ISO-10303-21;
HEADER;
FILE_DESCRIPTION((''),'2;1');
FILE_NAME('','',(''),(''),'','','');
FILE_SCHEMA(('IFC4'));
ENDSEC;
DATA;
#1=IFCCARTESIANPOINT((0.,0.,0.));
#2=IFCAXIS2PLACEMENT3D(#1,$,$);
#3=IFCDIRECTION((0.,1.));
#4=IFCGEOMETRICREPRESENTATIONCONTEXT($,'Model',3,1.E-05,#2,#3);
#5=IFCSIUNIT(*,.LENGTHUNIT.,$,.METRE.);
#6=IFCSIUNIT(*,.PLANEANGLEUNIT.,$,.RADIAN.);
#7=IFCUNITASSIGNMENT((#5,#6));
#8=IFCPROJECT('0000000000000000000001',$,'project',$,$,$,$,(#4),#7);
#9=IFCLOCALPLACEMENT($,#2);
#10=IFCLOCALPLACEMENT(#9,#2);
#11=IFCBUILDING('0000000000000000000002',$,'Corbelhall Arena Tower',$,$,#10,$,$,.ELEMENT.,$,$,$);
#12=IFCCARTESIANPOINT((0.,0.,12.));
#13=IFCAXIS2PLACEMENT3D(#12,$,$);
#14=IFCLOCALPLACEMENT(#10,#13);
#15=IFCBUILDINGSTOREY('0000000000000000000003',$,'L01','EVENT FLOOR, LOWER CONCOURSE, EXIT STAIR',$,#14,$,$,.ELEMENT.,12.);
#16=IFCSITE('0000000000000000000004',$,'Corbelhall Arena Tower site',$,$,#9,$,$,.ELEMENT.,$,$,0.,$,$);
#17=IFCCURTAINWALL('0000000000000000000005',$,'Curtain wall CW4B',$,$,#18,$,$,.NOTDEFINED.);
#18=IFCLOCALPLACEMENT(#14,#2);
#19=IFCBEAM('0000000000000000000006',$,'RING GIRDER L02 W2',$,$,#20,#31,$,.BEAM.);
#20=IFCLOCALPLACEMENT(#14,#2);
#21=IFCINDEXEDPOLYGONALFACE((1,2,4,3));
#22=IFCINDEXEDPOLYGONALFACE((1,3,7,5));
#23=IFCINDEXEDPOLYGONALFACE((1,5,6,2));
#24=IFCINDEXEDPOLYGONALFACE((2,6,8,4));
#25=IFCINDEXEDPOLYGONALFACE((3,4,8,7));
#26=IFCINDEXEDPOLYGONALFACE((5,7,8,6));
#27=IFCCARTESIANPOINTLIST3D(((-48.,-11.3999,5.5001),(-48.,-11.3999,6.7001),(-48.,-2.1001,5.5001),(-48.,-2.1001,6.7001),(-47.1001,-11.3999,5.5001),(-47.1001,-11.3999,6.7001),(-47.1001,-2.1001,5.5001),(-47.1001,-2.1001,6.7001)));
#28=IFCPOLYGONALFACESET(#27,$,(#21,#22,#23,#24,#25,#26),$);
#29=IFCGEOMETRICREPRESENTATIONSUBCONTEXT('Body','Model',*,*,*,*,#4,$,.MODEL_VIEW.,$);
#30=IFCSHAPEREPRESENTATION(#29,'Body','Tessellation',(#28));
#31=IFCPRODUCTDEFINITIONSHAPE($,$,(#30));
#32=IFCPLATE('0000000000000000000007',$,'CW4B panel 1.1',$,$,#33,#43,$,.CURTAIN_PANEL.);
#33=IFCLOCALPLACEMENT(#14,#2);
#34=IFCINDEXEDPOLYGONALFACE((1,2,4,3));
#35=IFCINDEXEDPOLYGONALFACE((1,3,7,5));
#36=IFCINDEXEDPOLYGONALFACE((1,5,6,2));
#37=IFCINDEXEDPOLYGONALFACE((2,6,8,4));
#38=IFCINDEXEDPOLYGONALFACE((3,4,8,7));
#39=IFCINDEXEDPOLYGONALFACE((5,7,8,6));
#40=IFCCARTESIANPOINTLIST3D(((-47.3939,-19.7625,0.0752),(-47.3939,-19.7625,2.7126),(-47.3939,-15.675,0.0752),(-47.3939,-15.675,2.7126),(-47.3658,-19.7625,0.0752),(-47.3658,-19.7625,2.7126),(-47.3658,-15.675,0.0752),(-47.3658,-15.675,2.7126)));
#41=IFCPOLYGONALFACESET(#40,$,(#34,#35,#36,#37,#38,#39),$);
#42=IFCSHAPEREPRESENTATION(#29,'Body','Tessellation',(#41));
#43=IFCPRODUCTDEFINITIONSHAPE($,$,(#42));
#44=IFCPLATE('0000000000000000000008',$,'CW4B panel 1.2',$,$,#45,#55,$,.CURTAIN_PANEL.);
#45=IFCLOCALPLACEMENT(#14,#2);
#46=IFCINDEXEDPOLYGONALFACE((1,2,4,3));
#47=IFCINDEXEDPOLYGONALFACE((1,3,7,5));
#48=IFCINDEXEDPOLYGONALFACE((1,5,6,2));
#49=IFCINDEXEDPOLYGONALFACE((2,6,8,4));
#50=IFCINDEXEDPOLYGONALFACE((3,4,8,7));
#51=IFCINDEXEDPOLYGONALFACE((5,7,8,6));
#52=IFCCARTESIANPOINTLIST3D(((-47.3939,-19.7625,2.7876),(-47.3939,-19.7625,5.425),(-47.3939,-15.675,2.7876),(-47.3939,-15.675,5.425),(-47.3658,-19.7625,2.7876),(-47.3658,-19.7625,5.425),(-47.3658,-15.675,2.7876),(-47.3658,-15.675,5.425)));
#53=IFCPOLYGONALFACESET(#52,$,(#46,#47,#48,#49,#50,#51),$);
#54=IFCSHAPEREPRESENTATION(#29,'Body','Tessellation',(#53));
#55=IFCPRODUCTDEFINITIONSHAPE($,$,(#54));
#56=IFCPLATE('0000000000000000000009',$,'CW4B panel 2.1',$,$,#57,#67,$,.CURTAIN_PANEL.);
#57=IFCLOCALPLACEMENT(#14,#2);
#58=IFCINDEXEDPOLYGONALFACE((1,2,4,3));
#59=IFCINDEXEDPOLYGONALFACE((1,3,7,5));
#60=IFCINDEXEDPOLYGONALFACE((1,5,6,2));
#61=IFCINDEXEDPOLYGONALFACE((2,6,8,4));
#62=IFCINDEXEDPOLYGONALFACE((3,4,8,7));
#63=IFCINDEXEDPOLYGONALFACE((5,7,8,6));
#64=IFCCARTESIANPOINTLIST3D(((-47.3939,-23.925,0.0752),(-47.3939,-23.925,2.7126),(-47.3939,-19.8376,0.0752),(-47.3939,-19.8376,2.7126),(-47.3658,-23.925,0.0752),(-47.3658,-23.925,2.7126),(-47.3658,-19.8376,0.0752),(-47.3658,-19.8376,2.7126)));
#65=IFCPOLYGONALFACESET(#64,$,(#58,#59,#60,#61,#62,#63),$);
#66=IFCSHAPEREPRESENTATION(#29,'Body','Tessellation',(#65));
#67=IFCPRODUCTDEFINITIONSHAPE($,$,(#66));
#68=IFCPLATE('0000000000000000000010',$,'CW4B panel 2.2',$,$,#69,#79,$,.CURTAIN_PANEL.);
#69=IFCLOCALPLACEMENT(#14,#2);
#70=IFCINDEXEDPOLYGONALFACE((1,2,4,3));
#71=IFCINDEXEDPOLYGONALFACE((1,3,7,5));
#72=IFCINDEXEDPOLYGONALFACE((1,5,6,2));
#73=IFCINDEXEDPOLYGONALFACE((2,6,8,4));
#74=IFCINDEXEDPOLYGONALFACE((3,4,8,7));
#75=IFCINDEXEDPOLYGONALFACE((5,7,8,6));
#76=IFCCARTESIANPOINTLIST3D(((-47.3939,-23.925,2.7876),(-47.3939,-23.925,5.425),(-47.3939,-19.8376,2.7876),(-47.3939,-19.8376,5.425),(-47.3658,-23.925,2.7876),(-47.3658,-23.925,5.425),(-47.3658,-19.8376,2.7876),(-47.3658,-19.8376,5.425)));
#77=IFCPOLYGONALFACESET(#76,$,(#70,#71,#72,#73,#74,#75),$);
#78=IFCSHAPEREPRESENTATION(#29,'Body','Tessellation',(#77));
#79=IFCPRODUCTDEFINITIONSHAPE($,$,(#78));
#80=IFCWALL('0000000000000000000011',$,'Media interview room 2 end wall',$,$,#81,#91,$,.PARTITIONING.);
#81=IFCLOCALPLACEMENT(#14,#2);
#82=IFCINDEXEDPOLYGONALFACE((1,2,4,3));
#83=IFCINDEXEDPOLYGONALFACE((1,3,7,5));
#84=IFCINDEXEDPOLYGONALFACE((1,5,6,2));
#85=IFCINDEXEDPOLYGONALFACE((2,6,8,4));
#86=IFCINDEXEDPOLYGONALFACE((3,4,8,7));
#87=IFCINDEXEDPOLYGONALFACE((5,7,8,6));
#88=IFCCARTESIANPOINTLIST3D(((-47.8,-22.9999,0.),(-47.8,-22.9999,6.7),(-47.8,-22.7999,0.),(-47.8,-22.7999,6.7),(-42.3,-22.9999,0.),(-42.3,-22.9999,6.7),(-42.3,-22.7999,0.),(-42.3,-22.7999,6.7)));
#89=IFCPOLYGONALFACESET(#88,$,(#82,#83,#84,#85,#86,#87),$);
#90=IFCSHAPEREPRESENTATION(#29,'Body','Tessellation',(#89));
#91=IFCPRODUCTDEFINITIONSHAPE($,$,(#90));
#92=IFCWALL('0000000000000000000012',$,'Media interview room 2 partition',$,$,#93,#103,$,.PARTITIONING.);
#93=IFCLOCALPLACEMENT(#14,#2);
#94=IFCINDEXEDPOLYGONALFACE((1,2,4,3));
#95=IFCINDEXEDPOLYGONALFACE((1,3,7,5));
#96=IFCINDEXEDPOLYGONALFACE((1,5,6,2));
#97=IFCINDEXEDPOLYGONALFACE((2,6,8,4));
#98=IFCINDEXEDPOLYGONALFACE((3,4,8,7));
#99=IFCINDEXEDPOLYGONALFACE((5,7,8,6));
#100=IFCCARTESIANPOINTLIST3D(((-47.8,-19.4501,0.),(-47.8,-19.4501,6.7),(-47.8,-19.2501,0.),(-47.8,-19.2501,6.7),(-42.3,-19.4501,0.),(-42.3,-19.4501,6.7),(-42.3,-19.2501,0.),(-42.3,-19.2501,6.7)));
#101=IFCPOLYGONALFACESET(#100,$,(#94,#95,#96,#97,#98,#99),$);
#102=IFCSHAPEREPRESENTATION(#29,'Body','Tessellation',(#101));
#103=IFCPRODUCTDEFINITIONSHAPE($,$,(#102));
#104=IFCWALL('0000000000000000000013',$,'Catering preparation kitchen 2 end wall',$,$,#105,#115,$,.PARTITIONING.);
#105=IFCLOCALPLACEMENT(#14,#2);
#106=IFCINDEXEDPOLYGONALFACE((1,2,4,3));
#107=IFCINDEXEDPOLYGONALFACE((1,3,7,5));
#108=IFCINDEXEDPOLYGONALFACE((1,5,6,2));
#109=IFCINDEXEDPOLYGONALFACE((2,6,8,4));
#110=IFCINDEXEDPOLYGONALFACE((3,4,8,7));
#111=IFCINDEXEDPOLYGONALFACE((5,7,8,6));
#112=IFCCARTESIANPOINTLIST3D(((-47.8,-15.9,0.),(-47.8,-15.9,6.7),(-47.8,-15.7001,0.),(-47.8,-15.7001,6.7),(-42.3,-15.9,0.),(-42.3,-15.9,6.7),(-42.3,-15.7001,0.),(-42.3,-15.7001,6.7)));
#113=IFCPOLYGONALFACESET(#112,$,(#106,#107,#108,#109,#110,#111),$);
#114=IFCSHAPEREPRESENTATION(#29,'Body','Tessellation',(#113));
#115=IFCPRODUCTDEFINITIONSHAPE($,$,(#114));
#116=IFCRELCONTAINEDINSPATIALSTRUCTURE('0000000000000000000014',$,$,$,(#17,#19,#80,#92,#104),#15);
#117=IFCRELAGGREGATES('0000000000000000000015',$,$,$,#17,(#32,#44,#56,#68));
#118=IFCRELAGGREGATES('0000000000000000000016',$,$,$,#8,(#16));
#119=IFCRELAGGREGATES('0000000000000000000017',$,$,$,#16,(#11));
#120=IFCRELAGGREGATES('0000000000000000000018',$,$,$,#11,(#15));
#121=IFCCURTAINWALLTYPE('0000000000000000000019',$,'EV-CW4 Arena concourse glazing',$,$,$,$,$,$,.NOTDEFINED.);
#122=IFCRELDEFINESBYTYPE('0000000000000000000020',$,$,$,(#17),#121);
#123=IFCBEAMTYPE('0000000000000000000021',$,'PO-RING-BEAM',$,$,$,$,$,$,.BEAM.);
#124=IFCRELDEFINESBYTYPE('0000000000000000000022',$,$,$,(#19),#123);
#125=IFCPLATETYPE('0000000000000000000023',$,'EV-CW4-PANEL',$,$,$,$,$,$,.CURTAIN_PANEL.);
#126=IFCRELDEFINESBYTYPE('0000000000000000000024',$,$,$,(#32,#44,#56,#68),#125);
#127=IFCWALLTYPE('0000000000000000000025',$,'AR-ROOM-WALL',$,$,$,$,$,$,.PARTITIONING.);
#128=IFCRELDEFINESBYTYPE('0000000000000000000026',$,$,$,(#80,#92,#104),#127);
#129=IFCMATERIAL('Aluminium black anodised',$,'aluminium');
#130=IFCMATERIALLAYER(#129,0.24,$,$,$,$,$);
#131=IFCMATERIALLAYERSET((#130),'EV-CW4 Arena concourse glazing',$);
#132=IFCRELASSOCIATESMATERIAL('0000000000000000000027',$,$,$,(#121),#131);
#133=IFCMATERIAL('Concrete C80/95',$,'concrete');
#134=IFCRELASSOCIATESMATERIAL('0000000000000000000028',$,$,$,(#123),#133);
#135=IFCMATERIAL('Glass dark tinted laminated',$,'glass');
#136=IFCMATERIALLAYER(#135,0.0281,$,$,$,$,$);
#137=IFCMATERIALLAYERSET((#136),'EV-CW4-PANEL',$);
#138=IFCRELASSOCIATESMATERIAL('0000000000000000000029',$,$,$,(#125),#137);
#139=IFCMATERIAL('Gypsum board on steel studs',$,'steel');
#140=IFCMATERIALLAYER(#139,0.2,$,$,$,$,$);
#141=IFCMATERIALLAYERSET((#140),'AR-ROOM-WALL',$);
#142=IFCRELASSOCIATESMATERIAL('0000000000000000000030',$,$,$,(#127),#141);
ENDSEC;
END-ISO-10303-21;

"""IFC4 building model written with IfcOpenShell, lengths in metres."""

from ifc_helpers import new_model, si_unit, direction, frame, frame_2d, origin, origin_2d, place, context, subcontext, project, spatial, rectangle, extrude, material, layer, layer_set, material_profile, profile_set, type_object, element, aggregate, save


model = new_model("IFC4")

# Units and contexts
model_context = context("Model", 3, precision=1e-05, world=origin(), true_north=direction((0.0, 1.0)))
body_context = subcontext(model_context, "Body", "Model", "MODEL_VIEW")
ifc_project = project(units=[si_unit("LENGTHUNIT", "METRE"), si_unit("PLANEANGLEUNIT", "RADIAN")], contexts=[model_context])

# Site, building, storey
site_placement = place(None, origin())
site = spatial("IfcSite", under=ifc_project, at=site_placement, Name="Corbelhall Arena Tower site", CompositionType="ELEMENT", RefElevation=0.0)
building_placement = place(site_placement, origin())
building = spatial("IfcBuilding", under=site, at=building_placement, Name="Corbelhall Arena Tower", CompositionType="ELEMENT")
storey_placement = place(building_placement, frame((0.0, 0.0, 12.0)))
storey = spatial("IfcBuildingStorey", under=building, at=storey_placement, Name="L01", Description="EVENT FLOOR, LOWER CONCOURSE, EXIT STAIR", CompositionType="ELEMENT", Elevation=12.0)

# Shared definitions
ifc_material_1 = material(Name="Concrete C80/95", Category="concrete")

# Shared definitions
ifc_material_2 = material(Name="Aluminium black anodised", Category="aluminium")
ifc_layer_1 = layer(ifc_material_2, 0.24)
ifc_layer_set_1 = layer_set([ifc_layer_1], Name="EV-CW4 Arena concourse glazing")
curtain_wall_type = type_object("IfcCurtainWallType", Name="EV-CW4 Arena concourse glazing", PredefinedType="NOTDEFINED", material=ifc_layer_set_1)

# Curtain wall
curtain_wall_1_placement = place(storey_placement, origin())
curtain_wall_1 = element("IfcCurtainWall", 1, at=curtain_wall_1_placement, inside=storey, type_object=curtain_wall_type, Name="Curtain wall CW4B", PredefinedType="NOTDEFINED")

# Beam
ifc_material_profile_1 = material_profile(ifc_material_1, rectangle(XDim=0.8999, YDim=1.2, at=origin_2d()))
ifc_profile_set_1 = profile_set([ifc_material_profile_1], Name="Concrete C80/95")
beam_type_1 = type_object("IfcBeamType", Name="PO-RING-BEAM", PredefinedType="BEAM", material=ifc_profile_set_1)
beam_1_placement = place(storey_placement, frame((-47.55, -11.3999, 6.1001), z_axis=(0.0, 1.0, 0.0), x_axis=(-1.0, 0.0, 0.0)))
element("IfcBeam", 2, at=beam_1_placement, inside=storey, type_object=beam_type_1, Name="RING GIRDER L02 W2", PredefinedType="BEAM", context=body_context, shape_type="SweptSolid", body=[
    extrude(rectangle(XDim=0.8999, YDim=1.2, at=origin_2d()), origin(), (0.0, 0.0, 1.0), 9.2998),
])

# Plates
ifc_material_3 = material(Name="Glass dark tinted laminated", Category="glass")
ifc_layer_2 = layer(ifc_material_3, 0.0281)
ifc_layer_set_2 = layer_set([ifc_layer_2], Name="EV-CW4-PANEL")
plate_type = type_object("IfcPlateType", Name="EV-CW4-PANEL", PredefinedType="CURTAIN_PANEL", material=ifc_layer_set_2)
plate_1_placement = place(storey_placement, frame((-47.3799, -17.7188, 0.0752), z_axis=(0.0, 0.0, 1.0), x_axis=(0.0, -1.0, 0.0)))
plate_1 = element("IfcPlate", 3, at=plate_1_placement, type_object=plate_type, Name="CW4B panel 1.1", PredefinedType="CURTAIN_PANEL", context=body_context, shape_type="SweptSolid", body=[
    extrude(rectangle(XDim=4.0874, YDim=0.0281, at=origin_2d()), origin(), (0.0, 0.0, 1.0), 2.6375),
])
plate_2_placement = place(storey_placement, frame((-47.3799, -17.7188, 2.7876), z_axis=(0.0, 0.0, 1.0), x_axis=(0.0, -1.0, 0.0)))
plate_2 = element("IfcPlate", 4, at=plate_2_placement, type_object=plate_type, Name="CW4B panel 1.2", PredefinedType="CURTAIN_PANEL", context=body_context, shape_type="SweptSolid", body=[
    extrude(rectangle(XDim=4.0874, YDim=0.0281, at=origin_2d()), origin(), (0.0, 0.0, 1.0), 2.6375),
])
plate_3_placement = place(storey_placement, frame((-47.3799, -21.8813, 0.0752), z_axis=(0.0, 0.0, 1.0), x_axis=(0.0, -1.0, 0.0)))
plate_3 = element("IfcPlate", 5, at=plate_3_placement, type_object=plate_type, Name="CW4B panel 2.1", PredefinedType="CURTAIN_PANEL", context=body_context, shape_type="SweptSolid", body=[
    extrude(rectangle(XDim=4.0874, YDim=0.0281, at=origin_2d()), origin(), (0.0, 0.0, 1.0), 2.6375),
])
plate_4_placement = place(storey_placement, frame((-47.3799, -21.8813, 2.7876), z_axis=(0.0, 0.0, 1.0), x_axis=(0.0, -1.0, 0.0)))
plate_4 = element("IfcPlate", 6, at=plate_4_placement, type_object=plate_type, Name="CW4B panel 2.2", PredefinedType="CURTAIN_PANEL", context=body_context, shape_type="SweptSolid", body=[
    extrude(rectangle(XDim=4.0874, YDim=0.0281, at=origin_2d()), origin(), (0.0, 0.0, 1.0), 2.6375),
])
aggregate(curtain_wall_1, [plate_1, plate_2, plate_3, plate_4])

# Walls
ifc_material_4 = material(Name="Gypsum board on steel studs", Category="steel")
ifc_layer_3 = layer(ifc_material_4, 0.2)
ifc_layer_set_3 = layer_set([ifc_layer_3], Name="AR-ROOM-WALL")
wall_type_1 = type_object("IfcWallType", Name="AR-ROOM-WALL", PredefinedType="PARTITIONING", material=ifc_layer_set_3)
for number, where, z_axis, x_axis, name in (
    (7, (-42.3, -22.8999, 0.0), (0.0, 0.0, 1.0), (-1.0, 0.0, 0.0), "Media interview room 2 end wall"),
    (8, (-47.8, -19.3501, 0.0), (0.0, 0.0, 1.0), (1.0, 0.0, 0.0), "Media interview room 2 partition"),
    (9, (-42.3, -15.8, 0.0), (0.0, 0.0, 1.0), (-1.0, 0.0, 0.0), "Catering preparation kitchen 2 end wall"),
):
    element("IfcWall", number, at=place(storey_placement, frame(where, z_axis=z_axis, x_axis=x_axis)), inside=storey, type_object=wall_type_1, Name=name, PredefinedType="PARTITIONING", context=body_context, shape_type="SweptSolid", body=[
        extrude(rectangle(XDim=5.5, YDim=0.2, at=frame_2d((2.75, 0.0))), origin(), (0.0, 0.0, 1.0), 6.7),
    ])

save(model, "model.ifc")
